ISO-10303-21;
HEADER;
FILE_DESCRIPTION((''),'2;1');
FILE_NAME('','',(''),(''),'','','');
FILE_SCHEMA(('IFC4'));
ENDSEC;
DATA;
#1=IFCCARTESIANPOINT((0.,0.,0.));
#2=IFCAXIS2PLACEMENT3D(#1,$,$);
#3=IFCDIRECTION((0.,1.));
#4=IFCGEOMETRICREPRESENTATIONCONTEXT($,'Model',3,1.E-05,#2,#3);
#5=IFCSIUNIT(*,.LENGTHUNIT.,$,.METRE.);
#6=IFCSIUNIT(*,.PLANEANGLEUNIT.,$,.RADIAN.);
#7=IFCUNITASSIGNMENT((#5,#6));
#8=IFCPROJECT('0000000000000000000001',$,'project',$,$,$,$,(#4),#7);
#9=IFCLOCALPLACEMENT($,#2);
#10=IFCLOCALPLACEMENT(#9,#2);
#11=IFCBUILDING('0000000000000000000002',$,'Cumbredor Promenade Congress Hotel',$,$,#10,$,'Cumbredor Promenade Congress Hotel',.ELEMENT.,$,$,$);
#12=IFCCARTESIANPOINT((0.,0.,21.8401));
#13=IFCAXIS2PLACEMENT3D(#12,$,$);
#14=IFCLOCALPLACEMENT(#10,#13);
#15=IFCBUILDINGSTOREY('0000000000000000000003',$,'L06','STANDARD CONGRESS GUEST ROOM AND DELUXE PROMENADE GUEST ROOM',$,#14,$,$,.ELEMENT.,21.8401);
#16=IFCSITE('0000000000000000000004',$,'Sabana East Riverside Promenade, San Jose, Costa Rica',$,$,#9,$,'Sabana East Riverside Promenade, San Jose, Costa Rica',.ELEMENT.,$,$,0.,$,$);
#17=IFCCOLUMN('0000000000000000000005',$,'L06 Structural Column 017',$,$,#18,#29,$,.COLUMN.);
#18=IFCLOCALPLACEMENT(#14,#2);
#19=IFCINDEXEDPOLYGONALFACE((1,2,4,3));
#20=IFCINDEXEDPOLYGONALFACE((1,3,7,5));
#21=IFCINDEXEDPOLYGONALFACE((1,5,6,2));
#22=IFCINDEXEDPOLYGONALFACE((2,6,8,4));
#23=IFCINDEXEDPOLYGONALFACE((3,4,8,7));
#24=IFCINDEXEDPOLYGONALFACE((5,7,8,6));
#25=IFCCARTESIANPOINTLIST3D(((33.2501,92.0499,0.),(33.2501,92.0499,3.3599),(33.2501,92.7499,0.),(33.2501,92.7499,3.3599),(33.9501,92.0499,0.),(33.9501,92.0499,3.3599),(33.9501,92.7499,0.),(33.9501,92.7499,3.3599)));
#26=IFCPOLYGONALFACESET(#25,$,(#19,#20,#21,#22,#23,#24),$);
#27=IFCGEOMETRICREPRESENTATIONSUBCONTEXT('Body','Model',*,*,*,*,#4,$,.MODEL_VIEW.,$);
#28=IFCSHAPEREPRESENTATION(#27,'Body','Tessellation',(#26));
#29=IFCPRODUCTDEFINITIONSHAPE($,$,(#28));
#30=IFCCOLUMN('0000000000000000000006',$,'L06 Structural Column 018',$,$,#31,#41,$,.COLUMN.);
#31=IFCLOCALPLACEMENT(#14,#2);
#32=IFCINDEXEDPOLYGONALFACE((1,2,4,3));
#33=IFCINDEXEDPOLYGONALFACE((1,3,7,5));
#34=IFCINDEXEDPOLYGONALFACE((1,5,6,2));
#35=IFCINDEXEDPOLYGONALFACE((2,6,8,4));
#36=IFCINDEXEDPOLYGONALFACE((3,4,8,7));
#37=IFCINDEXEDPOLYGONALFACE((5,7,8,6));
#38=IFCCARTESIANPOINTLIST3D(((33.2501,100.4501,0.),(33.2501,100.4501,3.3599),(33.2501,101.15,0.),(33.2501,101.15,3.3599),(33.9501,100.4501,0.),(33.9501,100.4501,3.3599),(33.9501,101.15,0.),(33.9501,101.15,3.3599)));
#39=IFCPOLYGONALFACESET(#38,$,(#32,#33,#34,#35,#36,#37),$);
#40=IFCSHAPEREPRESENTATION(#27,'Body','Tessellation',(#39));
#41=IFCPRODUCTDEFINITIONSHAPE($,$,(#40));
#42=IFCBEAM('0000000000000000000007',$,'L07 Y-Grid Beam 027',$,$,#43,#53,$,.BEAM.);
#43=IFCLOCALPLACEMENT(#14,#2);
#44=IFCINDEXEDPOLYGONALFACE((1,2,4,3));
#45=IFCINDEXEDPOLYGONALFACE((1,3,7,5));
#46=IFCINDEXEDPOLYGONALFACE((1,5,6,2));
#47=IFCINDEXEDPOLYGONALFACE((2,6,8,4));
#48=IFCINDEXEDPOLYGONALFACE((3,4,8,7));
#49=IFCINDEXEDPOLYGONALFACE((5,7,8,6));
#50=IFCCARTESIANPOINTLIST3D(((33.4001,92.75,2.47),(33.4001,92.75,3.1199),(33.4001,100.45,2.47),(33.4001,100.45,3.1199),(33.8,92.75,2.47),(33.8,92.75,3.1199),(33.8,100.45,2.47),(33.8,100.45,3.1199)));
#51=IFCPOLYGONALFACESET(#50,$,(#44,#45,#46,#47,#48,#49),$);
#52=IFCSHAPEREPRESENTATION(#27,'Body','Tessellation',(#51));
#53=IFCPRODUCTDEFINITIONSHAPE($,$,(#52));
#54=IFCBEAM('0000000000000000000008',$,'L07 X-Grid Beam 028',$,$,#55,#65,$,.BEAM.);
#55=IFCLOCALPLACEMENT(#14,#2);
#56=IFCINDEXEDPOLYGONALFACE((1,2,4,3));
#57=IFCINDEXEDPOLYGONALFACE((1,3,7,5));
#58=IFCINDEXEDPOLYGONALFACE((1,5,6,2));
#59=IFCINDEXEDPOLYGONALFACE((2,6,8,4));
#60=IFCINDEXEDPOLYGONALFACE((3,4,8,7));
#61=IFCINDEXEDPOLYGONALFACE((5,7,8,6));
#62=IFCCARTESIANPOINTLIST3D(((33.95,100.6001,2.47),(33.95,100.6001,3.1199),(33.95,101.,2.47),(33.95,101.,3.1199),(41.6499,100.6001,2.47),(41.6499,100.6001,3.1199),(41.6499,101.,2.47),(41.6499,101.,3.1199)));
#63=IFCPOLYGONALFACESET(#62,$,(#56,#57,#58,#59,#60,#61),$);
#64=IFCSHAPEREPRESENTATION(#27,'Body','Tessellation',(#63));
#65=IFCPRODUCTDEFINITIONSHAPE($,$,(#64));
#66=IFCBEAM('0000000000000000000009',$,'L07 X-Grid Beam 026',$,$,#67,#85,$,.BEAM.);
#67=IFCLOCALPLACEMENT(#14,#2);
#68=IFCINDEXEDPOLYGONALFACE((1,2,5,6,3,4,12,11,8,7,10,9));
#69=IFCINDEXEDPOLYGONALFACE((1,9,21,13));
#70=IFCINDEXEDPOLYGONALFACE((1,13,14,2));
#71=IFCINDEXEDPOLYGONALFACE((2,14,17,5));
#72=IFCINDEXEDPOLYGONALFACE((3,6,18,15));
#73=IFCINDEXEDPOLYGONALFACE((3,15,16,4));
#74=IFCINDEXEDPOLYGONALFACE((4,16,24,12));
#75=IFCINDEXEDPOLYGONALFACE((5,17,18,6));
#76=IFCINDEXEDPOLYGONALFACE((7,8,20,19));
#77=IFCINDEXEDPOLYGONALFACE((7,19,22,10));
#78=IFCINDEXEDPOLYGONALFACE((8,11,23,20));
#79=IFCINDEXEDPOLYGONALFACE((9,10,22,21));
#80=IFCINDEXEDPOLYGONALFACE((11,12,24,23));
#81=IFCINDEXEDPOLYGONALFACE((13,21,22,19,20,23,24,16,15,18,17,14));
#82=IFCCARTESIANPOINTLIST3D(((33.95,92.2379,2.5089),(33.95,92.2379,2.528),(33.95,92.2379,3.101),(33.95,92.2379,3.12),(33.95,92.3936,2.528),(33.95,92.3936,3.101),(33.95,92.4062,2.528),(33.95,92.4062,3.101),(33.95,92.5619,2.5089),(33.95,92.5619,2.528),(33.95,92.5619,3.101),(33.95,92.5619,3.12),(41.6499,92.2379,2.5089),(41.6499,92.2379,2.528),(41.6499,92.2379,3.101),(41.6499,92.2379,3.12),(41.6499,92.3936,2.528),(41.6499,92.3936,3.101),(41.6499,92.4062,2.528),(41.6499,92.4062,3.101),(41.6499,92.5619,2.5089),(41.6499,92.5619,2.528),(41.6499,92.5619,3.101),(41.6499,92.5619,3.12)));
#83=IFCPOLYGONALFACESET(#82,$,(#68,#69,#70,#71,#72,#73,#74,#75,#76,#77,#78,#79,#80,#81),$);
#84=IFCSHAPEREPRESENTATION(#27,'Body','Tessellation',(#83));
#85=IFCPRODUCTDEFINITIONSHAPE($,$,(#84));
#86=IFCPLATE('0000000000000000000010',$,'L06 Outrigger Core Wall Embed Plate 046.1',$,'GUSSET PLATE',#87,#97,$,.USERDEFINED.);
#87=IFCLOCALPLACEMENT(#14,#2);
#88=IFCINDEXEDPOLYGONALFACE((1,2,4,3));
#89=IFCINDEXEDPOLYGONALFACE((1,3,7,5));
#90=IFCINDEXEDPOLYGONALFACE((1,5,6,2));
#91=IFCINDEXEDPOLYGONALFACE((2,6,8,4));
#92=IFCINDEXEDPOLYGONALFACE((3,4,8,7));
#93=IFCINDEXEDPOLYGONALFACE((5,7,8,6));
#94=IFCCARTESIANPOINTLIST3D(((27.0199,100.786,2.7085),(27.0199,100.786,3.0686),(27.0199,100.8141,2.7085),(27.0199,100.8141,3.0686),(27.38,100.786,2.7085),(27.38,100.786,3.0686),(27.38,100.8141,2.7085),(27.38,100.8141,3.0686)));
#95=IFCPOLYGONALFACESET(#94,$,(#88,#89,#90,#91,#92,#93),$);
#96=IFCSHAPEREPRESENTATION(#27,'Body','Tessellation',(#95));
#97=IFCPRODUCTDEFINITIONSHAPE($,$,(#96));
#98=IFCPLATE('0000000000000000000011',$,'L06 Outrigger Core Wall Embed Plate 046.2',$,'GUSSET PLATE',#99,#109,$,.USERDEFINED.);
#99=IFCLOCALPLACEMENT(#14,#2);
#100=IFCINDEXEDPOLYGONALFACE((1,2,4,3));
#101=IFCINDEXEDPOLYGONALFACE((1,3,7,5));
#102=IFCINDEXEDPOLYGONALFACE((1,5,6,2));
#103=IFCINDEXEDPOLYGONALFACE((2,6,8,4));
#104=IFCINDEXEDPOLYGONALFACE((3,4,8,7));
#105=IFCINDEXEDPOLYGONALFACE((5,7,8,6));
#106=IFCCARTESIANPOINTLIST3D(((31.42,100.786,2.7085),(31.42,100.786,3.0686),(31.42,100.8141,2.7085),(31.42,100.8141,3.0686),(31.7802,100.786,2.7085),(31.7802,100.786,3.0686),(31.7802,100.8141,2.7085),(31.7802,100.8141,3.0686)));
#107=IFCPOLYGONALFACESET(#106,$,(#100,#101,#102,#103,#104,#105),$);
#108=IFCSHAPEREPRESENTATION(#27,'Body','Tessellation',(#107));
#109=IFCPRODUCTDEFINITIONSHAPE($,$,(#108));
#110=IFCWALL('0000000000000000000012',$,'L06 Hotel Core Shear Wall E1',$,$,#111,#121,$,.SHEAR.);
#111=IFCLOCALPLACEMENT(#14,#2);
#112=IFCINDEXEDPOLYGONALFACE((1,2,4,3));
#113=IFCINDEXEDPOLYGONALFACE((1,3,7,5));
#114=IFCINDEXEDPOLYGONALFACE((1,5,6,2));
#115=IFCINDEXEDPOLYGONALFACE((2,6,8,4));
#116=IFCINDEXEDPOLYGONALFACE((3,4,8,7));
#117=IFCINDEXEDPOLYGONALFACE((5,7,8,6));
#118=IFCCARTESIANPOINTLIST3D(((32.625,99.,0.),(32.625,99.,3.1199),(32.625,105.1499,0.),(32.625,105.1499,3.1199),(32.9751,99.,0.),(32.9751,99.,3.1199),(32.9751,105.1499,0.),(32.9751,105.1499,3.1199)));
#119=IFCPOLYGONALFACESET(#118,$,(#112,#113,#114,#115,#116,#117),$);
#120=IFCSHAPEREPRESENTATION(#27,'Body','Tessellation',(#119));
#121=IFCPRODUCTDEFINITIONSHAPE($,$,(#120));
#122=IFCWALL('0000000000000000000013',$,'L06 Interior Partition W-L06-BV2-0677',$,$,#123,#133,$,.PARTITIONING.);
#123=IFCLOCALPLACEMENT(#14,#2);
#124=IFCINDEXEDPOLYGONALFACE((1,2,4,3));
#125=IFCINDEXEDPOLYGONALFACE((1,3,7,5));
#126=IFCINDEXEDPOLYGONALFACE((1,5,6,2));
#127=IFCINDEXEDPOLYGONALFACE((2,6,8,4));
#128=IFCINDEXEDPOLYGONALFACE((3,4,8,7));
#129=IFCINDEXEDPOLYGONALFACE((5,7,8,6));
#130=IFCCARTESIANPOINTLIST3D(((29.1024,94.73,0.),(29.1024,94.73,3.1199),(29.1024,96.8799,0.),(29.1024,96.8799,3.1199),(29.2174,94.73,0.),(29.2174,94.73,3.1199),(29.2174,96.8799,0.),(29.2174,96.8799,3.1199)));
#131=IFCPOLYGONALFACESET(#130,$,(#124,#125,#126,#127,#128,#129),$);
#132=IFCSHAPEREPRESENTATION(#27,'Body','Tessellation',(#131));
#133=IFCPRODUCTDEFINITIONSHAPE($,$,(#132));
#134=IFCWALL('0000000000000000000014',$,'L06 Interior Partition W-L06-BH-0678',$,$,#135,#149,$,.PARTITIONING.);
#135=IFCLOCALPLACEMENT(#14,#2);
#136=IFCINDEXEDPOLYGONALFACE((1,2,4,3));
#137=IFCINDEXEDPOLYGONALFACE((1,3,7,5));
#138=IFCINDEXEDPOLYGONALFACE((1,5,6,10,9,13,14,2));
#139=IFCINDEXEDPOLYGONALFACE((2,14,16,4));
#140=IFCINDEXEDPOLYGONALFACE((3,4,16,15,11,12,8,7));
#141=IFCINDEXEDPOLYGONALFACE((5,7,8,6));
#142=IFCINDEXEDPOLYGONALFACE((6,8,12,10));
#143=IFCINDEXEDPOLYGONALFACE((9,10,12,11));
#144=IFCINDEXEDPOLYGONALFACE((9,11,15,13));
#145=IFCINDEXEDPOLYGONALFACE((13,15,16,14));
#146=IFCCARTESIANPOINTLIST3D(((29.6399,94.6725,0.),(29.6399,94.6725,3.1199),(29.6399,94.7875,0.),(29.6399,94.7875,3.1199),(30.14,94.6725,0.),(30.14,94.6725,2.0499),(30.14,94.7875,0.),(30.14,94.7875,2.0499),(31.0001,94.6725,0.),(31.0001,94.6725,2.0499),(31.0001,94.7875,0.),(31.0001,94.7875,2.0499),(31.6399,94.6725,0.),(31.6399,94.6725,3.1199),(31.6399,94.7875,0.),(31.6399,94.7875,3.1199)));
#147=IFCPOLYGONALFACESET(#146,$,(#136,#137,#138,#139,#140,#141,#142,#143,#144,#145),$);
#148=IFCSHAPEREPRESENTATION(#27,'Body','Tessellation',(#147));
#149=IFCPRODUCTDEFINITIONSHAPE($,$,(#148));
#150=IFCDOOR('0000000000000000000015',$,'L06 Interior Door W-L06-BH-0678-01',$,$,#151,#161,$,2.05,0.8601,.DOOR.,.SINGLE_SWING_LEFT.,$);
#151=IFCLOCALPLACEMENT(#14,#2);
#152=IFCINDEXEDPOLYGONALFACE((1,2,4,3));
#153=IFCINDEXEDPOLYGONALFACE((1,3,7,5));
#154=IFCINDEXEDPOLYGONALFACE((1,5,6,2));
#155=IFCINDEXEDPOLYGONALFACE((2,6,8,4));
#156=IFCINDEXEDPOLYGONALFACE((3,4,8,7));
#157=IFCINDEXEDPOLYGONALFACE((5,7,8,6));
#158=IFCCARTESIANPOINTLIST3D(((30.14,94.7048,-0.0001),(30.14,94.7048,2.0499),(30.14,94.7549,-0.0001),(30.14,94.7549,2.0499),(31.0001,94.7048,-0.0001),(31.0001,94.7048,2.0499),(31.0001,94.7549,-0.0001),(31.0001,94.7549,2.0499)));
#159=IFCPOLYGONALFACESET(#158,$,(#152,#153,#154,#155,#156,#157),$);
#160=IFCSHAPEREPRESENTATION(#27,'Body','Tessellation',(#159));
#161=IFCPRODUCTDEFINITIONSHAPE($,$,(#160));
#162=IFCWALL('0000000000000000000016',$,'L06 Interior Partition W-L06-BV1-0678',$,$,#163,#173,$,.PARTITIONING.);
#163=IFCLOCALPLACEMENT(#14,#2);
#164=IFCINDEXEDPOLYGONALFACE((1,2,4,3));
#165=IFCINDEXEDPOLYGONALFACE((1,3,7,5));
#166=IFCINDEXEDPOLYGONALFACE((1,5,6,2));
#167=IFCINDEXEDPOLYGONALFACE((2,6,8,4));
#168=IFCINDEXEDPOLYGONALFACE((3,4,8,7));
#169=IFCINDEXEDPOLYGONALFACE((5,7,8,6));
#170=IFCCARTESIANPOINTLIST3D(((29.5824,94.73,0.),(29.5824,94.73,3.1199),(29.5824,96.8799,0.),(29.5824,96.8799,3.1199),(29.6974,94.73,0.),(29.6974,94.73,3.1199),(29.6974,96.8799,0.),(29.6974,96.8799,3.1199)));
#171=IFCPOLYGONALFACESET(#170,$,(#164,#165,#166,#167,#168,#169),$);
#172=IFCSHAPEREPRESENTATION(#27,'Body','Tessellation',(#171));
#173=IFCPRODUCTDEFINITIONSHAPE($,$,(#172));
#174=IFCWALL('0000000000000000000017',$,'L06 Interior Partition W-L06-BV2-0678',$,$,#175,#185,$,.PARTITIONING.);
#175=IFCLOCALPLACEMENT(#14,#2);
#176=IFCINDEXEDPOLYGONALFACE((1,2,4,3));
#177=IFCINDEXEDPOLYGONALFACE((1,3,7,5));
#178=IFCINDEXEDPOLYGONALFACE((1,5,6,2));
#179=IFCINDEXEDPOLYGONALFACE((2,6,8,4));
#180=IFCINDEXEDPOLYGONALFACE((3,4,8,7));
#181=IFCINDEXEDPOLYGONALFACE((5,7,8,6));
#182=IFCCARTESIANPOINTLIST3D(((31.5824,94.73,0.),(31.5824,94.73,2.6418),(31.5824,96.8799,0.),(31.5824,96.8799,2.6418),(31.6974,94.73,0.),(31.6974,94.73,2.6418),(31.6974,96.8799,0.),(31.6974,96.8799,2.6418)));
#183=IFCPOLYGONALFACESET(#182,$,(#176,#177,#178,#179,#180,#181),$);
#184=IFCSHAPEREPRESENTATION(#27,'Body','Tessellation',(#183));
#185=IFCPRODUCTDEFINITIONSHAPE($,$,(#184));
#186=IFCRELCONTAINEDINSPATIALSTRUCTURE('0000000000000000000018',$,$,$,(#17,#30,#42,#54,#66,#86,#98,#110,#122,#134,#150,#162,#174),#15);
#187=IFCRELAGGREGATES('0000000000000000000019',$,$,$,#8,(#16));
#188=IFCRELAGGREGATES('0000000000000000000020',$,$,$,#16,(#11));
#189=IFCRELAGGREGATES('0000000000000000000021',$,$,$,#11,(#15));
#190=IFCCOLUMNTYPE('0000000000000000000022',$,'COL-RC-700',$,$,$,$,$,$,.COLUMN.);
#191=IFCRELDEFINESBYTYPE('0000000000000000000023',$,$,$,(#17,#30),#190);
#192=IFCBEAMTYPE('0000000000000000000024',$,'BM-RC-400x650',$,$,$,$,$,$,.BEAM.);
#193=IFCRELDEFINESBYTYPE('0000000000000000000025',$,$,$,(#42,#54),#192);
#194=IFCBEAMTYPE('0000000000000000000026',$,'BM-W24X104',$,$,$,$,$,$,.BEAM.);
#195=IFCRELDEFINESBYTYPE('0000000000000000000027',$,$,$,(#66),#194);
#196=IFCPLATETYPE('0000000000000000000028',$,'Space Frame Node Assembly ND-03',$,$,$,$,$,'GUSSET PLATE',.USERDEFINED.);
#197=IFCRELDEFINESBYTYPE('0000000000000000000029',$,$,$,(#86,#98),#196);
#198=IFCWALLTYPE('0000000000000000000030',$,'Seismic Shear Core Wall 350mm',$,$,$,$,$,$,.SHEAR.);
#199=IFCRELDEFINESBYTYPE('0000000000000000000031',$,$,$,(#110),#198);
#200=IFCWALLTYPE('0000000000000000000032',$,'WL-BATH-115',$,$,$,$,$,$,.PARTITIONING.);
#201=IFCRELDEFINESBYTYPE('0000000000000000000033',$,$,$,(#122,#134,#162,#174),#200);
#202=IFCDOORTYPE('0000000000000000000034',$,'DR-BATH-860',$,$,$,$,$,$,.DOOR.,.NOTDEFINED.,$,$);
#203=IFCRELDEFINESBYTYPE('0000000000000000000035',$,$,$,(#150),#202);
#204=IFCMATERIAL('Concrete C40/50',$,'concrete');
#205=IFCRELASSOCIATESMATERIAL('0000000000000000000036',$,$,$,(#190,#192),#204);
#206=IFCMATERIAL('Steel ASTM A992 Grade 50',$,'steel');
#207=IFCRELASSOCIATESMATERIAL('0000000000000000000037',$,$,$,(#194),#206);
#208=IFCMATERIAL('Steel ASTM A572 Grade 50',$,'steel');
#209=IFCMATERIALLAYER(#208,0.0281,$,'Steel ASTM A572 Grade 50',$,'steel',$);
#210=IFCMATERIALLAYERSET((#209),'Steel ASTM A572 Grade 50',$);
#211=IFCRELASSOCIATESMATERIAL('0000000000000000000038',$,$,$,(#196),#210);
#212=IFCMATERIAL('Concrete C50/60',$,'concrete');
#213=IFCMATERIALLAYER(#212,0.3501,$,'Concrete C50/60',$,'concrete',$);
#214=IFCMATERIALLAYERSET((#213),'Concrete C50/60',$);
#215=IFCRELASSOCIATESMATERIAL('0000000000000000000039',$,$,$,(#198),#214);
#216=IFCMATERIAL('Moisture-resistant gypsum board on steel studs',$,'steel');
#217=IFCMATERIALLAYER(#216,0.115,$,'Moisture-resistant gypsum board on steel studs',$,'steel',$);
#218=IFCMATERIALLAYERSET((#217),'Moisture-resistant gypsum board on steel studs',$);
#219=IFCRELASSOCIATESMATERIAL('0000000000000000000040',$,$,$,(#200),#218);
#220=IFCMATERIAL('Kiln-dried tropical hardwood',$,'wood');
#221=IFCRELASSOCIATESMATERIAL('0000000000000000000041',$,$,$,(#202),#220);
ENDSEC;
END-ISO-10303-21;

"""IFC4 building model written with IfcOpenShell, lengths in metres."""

from ifc_helpers import new_model, si_unit, direction, frame, frame_2d, origin, origin_2d, place, context, subcontext, project, spatial, rectangle, i_section, extrude, material, layer, layer_set, material_profile, profile_set, type_object, element, fill, save


model = new_model("IFC4")

# Units and contexts
model_context = context("Model", 3, precision=1e-05, world=origin(), true_north=direction((0.0, 1.0)))
body_context = subcontext(model_context, "Body", "Model", "MODEL_VIEW")
ifc_project = project(units=[si_unit("LENGTHUNIT", "METRE"), si_unit("PLANEANGLEUNIT", "RADIAN")], contexts=[model_context])

# Site, building, storey
site_placement = place(None, origin())
site = spatial("IfcSite", under=ifc_project, at=site_placement, Name="Sabana East Riverside Promenade, San Jose, Costa Rica", LongName="Sabana East Riverside Promenade, San Jose, Costa Rica", CompositionType="ELEMENT", RefElevation=0.0)
building_placement = place(site_placement, origin())
building = spatial("IfcBuilding", under=site, at=building_placement, Name="Cumbredor Promenade Congress Hotel", LongName="Cumbredor Promenade Congress Hotel", CompositionType="ELEMENT")
storey_placement = place(building_placement, frame((0.0, 0.0, 21.8401)))
storey = spatial("IfcBuildingStorey", under=building, at=storey_placement, Name="L06", Description="STANDARD CONGRESS GUEST ROOM AND DELUXE PROMENADE GUEST ROOM", CompositionType="ELEMENT", Elevation=21.8401)

# Columns
ifc_material_1 = material(Name="Concrete C40/50", Category="concrete")
ifc_material_profile_1 = material_profile(ifc_material_1, rectangle(XDim=0.7, YDim=0.7, at=origin_2d()), Name="RC 700x700")
ifc_profile_set_1 = profile_set([ifc_material_profile_1], Name="Concrete C40/50")
column_type = type_object("IfcColumnType", Name="COL-RC-700", PredefinedType="COLUMN", material=ifc_profile_set_1)
for number, where, z_axis, x_axis, name in (
    (1, (33.6001, 92.3999, 0.0), (0.0, 0.0, 1.0), (1.0, 0.0, 0.0), "L06 Structural Column 017"),
    (2, (33.6001, 100.8, 0.0), (0.0, 0.0, 1.0), (1.0, 0.0, 0.0), "L06 Structural Column 018"),
):
    element("IfcColumn", number, at=place(storey_placement, frame(where, z_axis=z_axis, x_axis=x_axis)), inside=storey, type_object=column_type, Name=name, PredefinedType="COLUMN", context=body_context, shape_type="SweptSolid", body=[
        extrude(rectangle(XDim=0.7, YDim=0.7, at=origin_2d()), origin(), (0.0, 0.0, 1.0), 3.3599),
    ])

# Beams
ifc_material_profile_2 = material_profile(ifc_material_1, rectangle(XDim=0.3999, YDim=0.6499, at=origin_2d()), Name="RC BEAM 400x650")
ifc_profile_set_2 = profile_set([ifc_material_profile_2], Name="Concrete C40/50")
beam_type_1 = type_object("IfcBeamType", Name="BM-RC-400x650", PredefinedType="BEAM", material=ifc_profile_set_2)
for number, where, z_axis, x_axis, name in (
    (3, (33.6001, 92.75, 2.7949), (0.0, 1.0, 0.0), (-1.0, 0.0, 0.0), "L07 Y-Grid Beam 027"),
    (4, (33.95, 100.8, 2.7949), (1.0, 0.0, 0.0), (0.0, 1.0, 0.0), "L07 X-Grid Beam 028"),
):
    element("IfcBeam", number, at=place(storey_placement, frame(where, z_axis=z_axis, x_axis=x_axis)), inside=storey, type_object=beam_type_1, Name=name, PredefinedType="BEAM", context=body_context, shape_type="SweptSolid", body=[
        extrude(rectangle(XDim=0.3999, YDim=0.6499, at=origin_2d()), origin(), (0.0, 0.0, 1.0), 7.7),
    ])
ifc_material_2 = material(Name="Steel ASTM A992 Grade 50", Category="steel")
ifc_material_profile_3 = material_profile(ifc_material_2, i_section(OverallWidth=0.324, OverallDepth=0.6111, WebThickness=0.0127, FlangeThickness=0.019, at=origin_2d()), Name="W24X104")
ifc_profile_set_3 = profile_set([ifc_material_profile_3], Name="Steel ASTM A992 Grade 50")
beam_type_2 = type_object("IfcBeamType", Name="BM-W24X104", PredefinedType="BEAM", material=ifc_profile_set_3)
beam_placement = place(storey_placement, frame((33.95, 92.3999, 2.8145), z_axis=(1.0, 0.0, 0.0), x_axis=(0.0, 1.0, 0.0)))
element("IfcBeam", 5, at=beam_placement, inside=storey, type_object=beam_type_2, Name="L07 X-Grid Beam 026", PredefinedType="BEAM", context=body_context, shape_type="SweptSolid", body=[
    extrude(i_section(OverallWidth=0.324, OverallDepth=0.6111, WebThickness=0.0127, FlangeThickness=0.019, at=origin_2d()), origin(), (0.0, 0.0, 1.0), 7.7),
])

# Plates
ifc_material_3 = material(Name="Steel ASTM A572 Grade 50", Category="steel")
ifc_layer_1 = layer(ifc_material_3, 0.0281, Name="Steel ASTM A572 Grade 50", Category="steel")
ifc_layer_set_1 = layer_set([ifc_layer_1], Name="Steel ASTM A572 Grade 50")
plate_type = type_object("IfcPlateType", Name="Space Frame Node Assembly ND-03", ElementType="GUSSET PLATE", PredefinedType="USERDEFINED", material=ifc_layer_set_1)
for number, where, z_axis, x_axis, name in (
    (6, (27.2, 100.8, 2.7085), (0.0, 0.0, 1.0), (1.0, 0.0, 0.0), "L06 Outrigger Core Wall Embed Plate 046.1"),
    (7, (31.6001, 100.8, 2.7085), (0.0, 0.0, 1.0), (1.0, 0.0, 0.0), "L06 Outrigger Core Wall Embed Plate 046.2"),
):
    element("IfcPlate", number, at=place(storey_placement, frame(where, z_axis=z_axis, x_axis=x_axis)), inside=storey, type_object=plate_type, Name=name, ObjectType="GUSSET PLATE", PredefinedType="USERDEFINED", context=body_context, shape_type="SweptSolid", body=[
        extrude(rectangle(XDim=0.3601, YDim=0.0281, at=origin_2d()), origin(), (0.0, 0.0, 1.0), 0.3601),
    ])

# Walls
ifc_material_4 = material(Name="Concrete C50/60", Category="concrete")
ifc_layer_2 = layer(ifc_material_4, 0.3501, Name="Concrete C50/60", Category="concrete")
ifc_layer_set_2 = layer_set([ifc_layer_2], Name="Concrete C50/60")
wall_type_1 = type_object("IfcWallType", Name="Seismic Shear Core Wall 350mm", PredefinedType="SHEAR", material=ifc_layer_set_2)
wall_1_placement = place(storey_placement, frame((32.8, 99.0, 0.0), z_axis=(0.0, 0.0, 1.0), x_axis=(0.0, 1.0, 0.0)))
element("IfcWall", 8, at=wall_1_placement, inside=storey, type_object=wall_type_1, Name="L06 Hotel Core Shear Wall E1", PredefinedType="SHEAR", context=body_context, shape_type="SweptSolid", body=[
    extrude(rectangle(XDim=6.1499, YDim=0.3501, at=frame_2d((3.075, 0.0))), origin(), (0.0, 0.0, 1.0), 3.1199),
])
ifc_material_5 = material(Name="Moisture-resistant gypsum board on steel studs", Category="steel")
ifc_layer_3 = layer(ifc_material_5, 0.115, Name="Moisture-resistant gypsum board on steel studs", Category="steel")
ifc_layer_set_3 = layer_set([ifc_layer_3], Name="Moisture-resistant gypsum board on steel studs")
wall_type_2 = type_object("IfcWallType", Name="WL-BATH-115", PredefinedType="PARTITIONING", material=ifc_layer_set_3)
wall_2_placement = place(storey_placement, frame((29.1599, 94.73, 0.0), z_axis=(0.0, 0.0, 1.0), x_axis=(0.0, 1.0, 0.0)))
element("IfcWall", 9, at=wall_2_placement, inside=storey, type_object=wall_type_2, Name="L06 Interior Partition W-L06-BV2-0677", PredefinedType="PARTITIONING", context=body_context, shape_type="SweptSolid", body=[
    extrude(rectangle(XDim=2.1499, YDim=0.115, at=frame_2d((1.075, 0.0))), origin(), (0.0, 0.0, 1.0), 3.1199),
])

# Wall, opening, door
wall_3_placement = place(storey_placement, frame((29.6399, 94.73, 0.0), z_axis=(0.0, 0.0, 1.0), x_axis=(1.0, 0.0, 0.0)))
wall_3 = element("IfcWall", 10, at=wall_3_placement, inside=storey, type_object=wall_type_2, Name="L06 Interior Partition W-L06-BH-0678", PredefinedType="PARTITIONING", context=body_context, shape_type="SweptSolid", body=[
    extrude(rectangle(XDim=2.0, YDim=0.115, at=frame_2d((1.0, 0.0))), origin(), (0.0, 0.0, 1.0), 3.1199),
])
opening_1_placement = place(wall_3_placement, frame((0.5, 0.0, 0.0)))
opening_1 = element("IfcOpeningElement", 11, at=opening_1_placement, cuts=wall_3, PredefinedType="OPENING", context=body_context, shape_type="SweptSolid", body=[
    extrude(rectangle(XDim=0.8601, YDim=2.05, at=frame_2d((0.4302, 1.0249))), frame((0.0, 0.0674, 0.0), z_axis=(0.0, -1.0, 0.0), x_axis=(1.0, 0.0, 0.0)), (0.0, 0.0, 1.0), 0.135),
])
ifc_material_6 = material(Name="Kiln-dried tropical hardwood", Category="wood")
door_type_1 = type_object("IfcDoorType", Name="DR-BATH-860", OperationType="NOTDEFINED", PredefinedType="DOOR", material=ifc_material_6)
door_1_placement = place(opening_1_placement, origin())
door_1 = element("IfcDoor", 12, at=door_1_placement, inside=storey, type_object=door_type_1, Name="L06 Interior Door W-L06-BH-0678-01", OperationType="SINGLE_SWING_LEFT", OverallHeight=2.05, OverallWidth=0.8601, PredefinedType="DOOR", context=body_context, shape_type="SweptSolid", body=[
    extrude(rectangle(XDim=0.8601, YDim=2.05, at=frame_2d((0.4302, 1.0249))), frame((0.0, 0.0249, 0.0), z_axis=(0.0, -1.0, 0.0), x_axis=(1.0, 0.0, 0.0)), (0.0, 0.0, 1.0), 0.05),
])
fill(opening_1, door_1)

# Walls
wall_4_placement = place(storey_placement, frame((29.6399, 94.73, 0.0), z_axis=(0.0, 0.0, 1.0), x_axis=(0.0, 1.0, 0.0)))
element("IfcWall", 13, at=wall_4_placement, inside=storey, type_object=wall_type_2, Name="L06 Interior Partition W-L06-BV1-0678", PredefinedType="PARTITIONING", context=body_context, shape_type="SweptSolid", body=[
    extrude(rectangle(XDim=2.1499, YDim=0.115, at=frame_2d((1.075, 0.0))), origin(), (0.0, 0.0, 1.0), 3.1199),
])
wall_5_placement = place(storey_placement, frame((31.6399, 94.73, 0.0), z_axis=(0.0, 0.0, 1.0), x_axis=(0.0, 1.0, 0.0)))
element("IfcWall", 14, at=wall_5_placement, inside=storey, type_object=wall_type_2, Name="L06 Interior Partition W-L06-BV2-0678", PredefinedType="PARTITIONING", context=body_context, shape_type="SweptSolid", body=[
    extrude(rectangle(XDim=2.1499, YDim=0.115, at=frame_2d((1.075, 0.0))), origin(), (0.0, 0.0, 1.0), 2.6418),
])

save(model, "model.ifc")
